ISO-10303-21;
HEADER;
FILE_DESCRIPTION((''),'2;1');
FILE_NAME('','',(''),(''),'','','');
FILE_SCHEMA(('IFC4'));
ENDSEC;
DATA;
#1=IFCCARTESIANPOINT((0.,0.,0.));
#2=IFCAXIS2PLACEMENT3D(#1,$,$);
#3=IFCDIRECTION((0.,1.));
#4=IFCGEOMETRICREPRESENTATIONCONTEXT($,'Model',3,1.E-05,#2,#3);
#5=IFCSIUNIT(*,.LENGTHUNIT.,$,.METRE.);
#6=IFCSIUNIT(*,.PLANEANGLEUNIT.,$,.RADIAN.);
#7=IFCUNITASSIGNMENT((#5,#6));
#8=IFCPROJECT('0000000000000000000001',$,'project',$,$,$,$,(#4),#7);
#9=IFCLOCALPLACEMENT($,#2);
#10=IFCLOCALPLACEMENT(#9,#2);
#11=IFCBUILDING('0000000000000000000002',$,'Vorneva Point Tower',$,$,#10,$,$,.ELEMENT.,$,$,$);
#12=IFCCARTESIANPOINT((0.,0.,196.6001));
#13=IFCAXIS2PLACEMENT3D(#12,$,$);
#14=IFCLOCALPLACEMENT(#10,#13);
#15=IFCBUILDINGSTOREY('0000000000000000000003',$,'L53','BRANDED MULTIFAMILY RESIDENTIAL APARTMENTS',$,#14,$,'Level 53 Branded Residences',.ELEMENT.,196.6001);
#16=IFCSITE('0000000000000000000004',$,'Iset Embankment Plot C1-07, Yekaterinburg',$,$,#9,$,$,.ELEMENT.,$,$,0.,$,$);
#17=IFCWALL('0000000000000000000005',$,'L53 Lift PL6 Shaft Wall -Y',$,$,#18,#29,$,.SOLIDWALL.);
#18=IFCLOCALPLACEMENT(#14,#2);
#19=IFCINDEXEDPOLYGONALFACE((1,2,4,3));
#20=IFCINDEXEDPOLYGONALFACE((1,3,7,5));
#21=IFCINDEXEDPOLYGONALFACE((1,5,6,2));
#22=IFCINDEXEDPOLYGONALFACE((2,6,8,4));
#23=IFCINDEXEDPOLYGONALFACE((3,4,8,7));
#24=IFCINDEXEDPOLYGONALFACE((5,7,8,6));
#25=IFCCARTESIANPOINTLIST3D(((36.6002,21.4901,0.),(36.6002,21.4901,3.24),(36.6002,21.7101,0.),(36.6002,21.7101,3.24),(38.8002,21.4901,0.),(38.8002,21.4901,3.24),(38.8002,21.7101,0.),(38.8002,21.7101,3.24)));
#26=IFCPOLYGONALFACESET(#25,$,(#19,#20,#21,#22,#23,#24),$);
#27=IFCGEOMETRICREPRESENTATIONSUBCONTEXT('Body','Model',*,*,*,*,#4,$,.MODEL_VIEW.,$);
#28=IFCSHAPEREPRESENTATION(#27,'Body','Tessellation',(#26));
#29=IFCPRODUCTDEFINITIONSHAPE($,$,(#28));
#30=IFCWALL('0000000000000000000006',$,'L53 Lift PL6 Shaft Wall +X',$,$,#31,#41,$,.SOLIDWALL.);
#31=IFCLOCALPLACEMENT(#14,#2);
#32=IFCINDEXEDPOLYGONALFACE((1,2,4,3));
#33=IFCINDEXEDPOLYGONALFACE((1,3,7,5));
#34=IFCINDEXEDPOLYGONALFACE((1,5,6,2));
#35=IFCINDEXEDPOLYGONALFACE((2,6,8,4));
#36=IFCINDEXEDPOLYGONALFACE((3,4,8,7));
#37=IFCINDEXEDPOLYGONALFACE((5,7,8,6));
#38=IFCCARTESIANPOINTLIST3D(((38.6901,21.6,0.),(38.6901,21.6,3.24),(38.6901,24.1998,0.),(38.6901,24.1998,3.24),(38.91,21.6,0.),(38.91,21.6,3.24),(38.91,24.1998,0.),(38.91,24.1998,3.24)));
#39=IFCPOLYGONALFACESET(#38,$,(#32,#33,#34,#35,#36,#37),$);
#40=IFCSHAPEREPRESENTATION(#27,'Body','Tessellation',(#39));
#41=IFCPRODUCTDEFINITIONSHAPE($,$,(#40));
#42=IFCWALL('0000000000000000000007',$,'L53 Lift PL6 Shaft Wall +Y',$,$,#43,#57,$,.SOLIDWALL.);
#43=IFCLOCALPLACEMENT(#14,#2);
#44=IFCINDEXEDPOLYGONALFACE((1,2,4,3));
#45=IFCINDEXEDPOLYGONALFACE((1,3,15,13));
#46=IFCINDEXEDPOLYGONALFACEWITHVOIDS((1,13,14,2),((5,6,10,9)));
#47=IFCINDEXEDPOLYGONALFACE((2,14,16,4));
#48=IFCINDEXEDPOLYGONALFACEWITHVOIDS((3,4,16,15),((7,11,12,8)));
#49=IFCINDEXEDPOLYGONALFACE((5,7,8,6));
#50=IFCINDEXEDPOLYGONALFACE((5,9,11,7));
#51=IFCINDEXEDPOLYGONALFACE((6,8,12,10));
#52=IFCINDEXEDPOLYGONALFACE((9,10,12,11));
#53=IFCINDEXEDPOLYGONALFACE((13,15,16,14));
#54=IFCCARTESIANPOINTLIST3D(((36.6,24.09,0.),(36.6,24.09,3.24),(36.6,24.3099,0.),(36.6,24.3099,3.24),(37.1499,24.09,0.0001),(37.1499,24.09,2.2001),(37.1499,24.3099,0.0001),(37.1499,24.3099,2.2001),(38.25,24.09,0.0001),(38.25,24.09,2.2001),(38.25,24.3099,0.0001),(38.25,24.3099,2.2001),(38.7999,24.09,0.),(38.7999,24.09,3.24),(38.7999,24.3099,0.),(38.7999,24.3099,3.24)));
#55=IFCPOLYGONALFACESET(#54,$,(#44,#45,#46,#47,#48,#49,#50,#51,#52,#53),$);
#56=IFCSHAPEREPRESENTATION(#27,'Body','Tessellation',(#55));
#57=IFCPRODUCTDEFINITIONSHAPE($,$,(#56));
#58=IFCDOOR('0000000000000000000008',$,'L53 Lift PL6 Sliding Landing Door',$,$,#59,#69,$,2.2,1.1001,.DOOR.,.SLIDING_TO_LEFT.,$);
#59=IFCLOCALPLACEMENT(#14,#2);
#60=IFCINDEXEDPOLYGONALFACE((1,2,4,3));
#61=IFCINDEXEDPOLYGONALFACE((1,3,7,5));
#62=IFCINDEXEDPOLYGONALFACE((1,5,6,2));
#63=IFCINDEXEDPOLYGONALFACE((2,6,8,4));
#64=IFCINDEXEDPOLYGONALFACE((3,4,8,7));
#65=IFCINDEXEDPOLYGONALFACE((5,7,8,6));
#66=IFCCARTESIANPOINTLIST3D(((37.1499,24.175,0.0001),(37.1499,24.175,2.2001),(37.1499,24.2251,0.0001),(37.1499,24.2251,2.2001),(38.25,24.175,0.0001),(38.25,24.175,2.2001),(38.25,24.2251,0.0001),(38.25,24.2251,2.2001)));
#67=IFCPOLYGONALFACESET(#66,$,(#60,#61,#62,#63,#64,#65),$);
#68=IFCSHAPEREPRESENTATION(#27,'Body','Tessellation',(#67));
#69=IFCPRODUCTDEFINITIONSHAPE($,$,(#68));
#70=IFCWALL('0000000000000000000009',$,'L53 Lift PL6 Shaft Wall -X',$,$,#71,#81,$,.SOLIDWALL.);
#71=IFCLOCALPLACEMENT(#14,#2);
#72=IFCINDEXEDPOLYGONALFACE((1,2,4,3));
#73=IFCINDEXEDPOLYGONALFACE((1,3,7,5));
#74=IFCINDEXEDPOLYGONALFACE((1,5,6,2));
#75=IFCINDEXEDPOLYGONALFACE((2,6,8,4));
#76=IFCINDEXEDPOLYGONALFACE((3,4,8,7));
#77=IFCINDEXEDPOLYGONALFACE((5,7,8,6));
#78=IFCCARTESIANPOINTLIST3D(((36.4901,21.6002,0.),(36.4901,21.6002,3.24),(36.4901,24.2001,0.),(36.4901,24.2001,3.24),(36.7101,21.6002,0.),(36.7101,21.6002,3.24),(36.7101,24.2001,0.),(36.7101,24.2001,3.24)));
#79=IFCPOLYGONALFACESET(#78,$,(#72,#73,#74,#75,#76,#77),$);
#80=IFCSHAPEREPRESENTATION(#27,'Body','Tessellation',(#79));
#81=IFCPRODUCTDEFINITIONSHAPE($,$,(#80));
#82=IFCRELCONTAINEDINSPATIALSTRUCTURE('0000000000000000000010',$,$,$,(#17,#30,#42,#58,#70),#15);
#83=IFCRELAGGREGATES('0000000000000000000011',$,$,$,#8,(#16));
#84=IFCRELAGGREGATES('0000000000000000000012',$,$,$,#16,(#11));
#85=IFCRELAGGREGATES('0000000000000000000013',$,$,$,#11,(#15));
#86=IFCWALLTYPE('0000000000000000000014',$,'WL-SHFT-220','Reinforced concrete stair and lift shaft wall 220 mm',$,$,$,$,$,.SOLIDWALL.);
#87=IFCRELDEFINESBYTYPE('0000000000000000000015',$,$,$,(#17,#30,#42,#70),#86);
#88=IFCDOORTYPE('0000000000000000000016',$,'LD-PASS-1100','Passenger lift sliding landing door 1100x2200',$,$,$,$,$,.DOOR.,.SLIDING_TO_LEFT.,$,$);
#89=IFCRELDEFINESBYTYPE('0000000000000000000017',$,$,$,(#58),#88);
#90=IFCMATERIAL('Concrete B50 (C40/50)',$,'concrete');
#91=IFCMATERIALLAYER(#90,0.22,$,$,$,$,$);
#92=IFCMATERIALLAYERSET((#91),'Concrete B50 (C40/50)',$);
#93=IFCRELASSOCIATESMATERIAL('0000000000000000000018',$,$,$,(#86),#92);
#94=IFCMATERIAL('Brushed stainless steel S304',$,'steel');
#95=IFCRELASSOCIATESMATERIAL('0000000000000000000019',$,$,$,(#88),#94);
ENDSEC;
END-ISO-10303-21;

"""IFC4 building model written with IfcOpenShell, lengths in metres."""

from ifc_helpers import new_model, si_unit, direction, frame, frame_2d, origin, place, context, subcontext, project, spatial, rectangle, extrude, material, layer, layer_set, type_object, element, fill, save


model = new_model("IFC4")

# Units and contexts
model_context = context("Model", 3, precision=1e-05, world=origin(), true_north=direction((0.0, 1.0)))
body_context = subcontext(model_context, "Body", "Model", "MODEL_VIEW")
ifc_project = project(units=[si_unit("LENGTHUNIT", "METRE"), si_unit("PLANEANGLEUNIT", "RADIAN")], contexts=[model_context])

# Site, building, storey
site_placement = place(None, origin())
site = spatial("IfcSite", under=ifc_project, at=site_placement, Name="Iset Embankment Plot C1-07, Yekaterinburg", CompositionType="ELEMENT", RefElevation=0.0)
building_placement = place(site_placement, origin())
building = spatial("IfcBuilding", under=site, at=building_placement, Name="Vorneva Point Tower", CompositionType="ELEMENT")
storey_placement = place(building_placement, frame((0.0, 0.0, 196.6001)))
storey = spatial("IfcBuildingStorey", under=building, at=storey_placement, Name="L53", Description="BRANDED MULTIFAMILY RESIDENTIAL APARTMENTS", LongName="Level 53 Branded Residences", CompositionType="ELEMENT", Elevation=196.6001)

# Shared definitions
ifc_material_1 = material(Name="Concrete B50 (C40/50)", Category="concrete")
ifc_layer_1 = layer(ifc_material_1, 0.22)
ifc_layer_set_1 = layer_set([ifc_layer_1], Name="Concrete B50 (C40/50)")
wall_type_1 = type_object("IfcWallType", Name="WL-SHFT-220", Description="Reinforced concrete stair and lift shaft wall 220 mm", PredefinedType="SOLIDWALL", material=ifc_layer_set_1)
ifc_material_2 = material(Name="Brushed stainless steel S304", Category="steel")
door_type_1 = type_object("IfcDoorType", Name="LD-PASS-1100", Description="Passenger lift sliding landing door 1100x2200", OperationType="SLIDING_TO_LEFT", PredefinedType="DOOR", material=ifc_material_2)

# Walls
wall_1_placement = place(storey_placement, frame((36.6001, 21.6001, 0.0), z_axis=(0.0, 0.0, 1.0), x_axis=(1.0, 0.0, 0.0)))
element("IfcWall", 1, at=wall_1_placement, inside=storey, type_object=wall_type_1, Name="L53 Lift PL6 Shaft Wall -Y", PredefinedType="SOLIDWALL", context=body_context, shape_type="SweptSolid", body=[
    extrude(rectangle(XDim=2.2, YDim=0.22, at=frame_2d((1.1001, 0.0))), origin(), (0.0, 0.0, 1.0), 3.24),
])
wall_2_placement = place(storey_placement, frame((38.8, 21.6001, 0.0), z_axis=(0.0, 0.0, 1.0), x_axis=(0.0, 1.0, 0.0)))
element("IfcWall", 2, at=wall_2_placement, inside=storey, type_object=wall_type_1, Name="L53 Lift PL6 Shaft Wall +X", PredefinedType="SOLIDWALL", context=body_context, shape_type="SweptSolid", body=[
    extrude(rectangle(XDim=2.5999, YDim=0.22, at=frame_2d((1.2998, 0.0))), origin(), (0.0, 0.0, 1.0), 3.24),
])

# Wall, opening, door
wall_3_placement = place(storey_placement, frame((38.8, 24.2, 0.0), z_axis=(0.0, 0.0, 1.0), x_axis=(-1.0, 0.0, 0.0)))
wall_3 = element("IfcWall", 3, at=wall_3_placement, inside=storey, type_object=wall_type_1, Name="L53 Lift PL6 Shaft Wall +Y", PredefinedType="SOLIDWALL", context=body_context, shape_type="SweptSolid", body=[
    extrude(rectangle(XDim=2.2, YDim=0.22, at=frame_2d((1.1001, 0.0))), origin(), (0.0, 0.0, 1.0), 3.24),
])
opening_1_placement = place(wall_3_placement, frame((0.55, 0.0, 0.0)))
opening_1 = element("IfcOpeningElement", 4, at=opening_1_placement, cuts=wall_3, PredefinedType="OPENING", context=body_context, shape_type="SweptSolid", body=[
    extrude(rectangle(XDim=1.1001, YDim=2.2, at=frame_2d((0.55, 1.1001))), frame((0.0, 0.125, 0.0), z_axis=(0.0, -1.0, 0.0), x_axis=(1.0, 0.0, 0.0)), (0.0, 0.0, 1.0), 0.2498),
])
door_1_placement = place(opening_1_placement, origin())
door_1 = element("IfcDoor", 5, at=door_1_placement, inside=storey, type_object=door_type_1, Name="L53 Lift PL6 Sliding Landing Door", OperationType="SLIDING_TO_LEFT", OverallHeight=2.2, OverallWidth=1.1001, PredefinedType="DOOR", context=body_context, shape_type="SweptSolid", body=[
    extrude(rectangle(XDim=1.1001, YDim=2.2, at=frame_2d((0.55, 1.1001))), frame((0.0, 0.0249, 0.0), z_axis=(0.0, -1.0, 0.0), x_axis=(1.0, 0.0, 0.0)), (0.0, 0.0, 1.0), 0.05),
])
fill(opening_1, door_1)

# Wall
wall_4_placement = place(storey_placement, frame((36.6001, 24.2, 0.0), z_axis=(0.0, 0.0, 1.0), x_axis=(0.0, -1.0, 0.0)))
element("IfcWall", 6, at=wall_4_placement, inside=storey, type_object=wall_type_1, Name="L53 Lift PL6 Shaft Wall -X", PredefinedType="SOLIDWALL", context=body_context, shape_type="SweptSolid", body=[
    extrude(rectangle(XDim=2.5999, YDim=0.22, at=frame_2d((1.2998, 0.0))), origin(), (0.0, 0.0, 1.0), 3.24),
])

save(model, "model.ifc")
